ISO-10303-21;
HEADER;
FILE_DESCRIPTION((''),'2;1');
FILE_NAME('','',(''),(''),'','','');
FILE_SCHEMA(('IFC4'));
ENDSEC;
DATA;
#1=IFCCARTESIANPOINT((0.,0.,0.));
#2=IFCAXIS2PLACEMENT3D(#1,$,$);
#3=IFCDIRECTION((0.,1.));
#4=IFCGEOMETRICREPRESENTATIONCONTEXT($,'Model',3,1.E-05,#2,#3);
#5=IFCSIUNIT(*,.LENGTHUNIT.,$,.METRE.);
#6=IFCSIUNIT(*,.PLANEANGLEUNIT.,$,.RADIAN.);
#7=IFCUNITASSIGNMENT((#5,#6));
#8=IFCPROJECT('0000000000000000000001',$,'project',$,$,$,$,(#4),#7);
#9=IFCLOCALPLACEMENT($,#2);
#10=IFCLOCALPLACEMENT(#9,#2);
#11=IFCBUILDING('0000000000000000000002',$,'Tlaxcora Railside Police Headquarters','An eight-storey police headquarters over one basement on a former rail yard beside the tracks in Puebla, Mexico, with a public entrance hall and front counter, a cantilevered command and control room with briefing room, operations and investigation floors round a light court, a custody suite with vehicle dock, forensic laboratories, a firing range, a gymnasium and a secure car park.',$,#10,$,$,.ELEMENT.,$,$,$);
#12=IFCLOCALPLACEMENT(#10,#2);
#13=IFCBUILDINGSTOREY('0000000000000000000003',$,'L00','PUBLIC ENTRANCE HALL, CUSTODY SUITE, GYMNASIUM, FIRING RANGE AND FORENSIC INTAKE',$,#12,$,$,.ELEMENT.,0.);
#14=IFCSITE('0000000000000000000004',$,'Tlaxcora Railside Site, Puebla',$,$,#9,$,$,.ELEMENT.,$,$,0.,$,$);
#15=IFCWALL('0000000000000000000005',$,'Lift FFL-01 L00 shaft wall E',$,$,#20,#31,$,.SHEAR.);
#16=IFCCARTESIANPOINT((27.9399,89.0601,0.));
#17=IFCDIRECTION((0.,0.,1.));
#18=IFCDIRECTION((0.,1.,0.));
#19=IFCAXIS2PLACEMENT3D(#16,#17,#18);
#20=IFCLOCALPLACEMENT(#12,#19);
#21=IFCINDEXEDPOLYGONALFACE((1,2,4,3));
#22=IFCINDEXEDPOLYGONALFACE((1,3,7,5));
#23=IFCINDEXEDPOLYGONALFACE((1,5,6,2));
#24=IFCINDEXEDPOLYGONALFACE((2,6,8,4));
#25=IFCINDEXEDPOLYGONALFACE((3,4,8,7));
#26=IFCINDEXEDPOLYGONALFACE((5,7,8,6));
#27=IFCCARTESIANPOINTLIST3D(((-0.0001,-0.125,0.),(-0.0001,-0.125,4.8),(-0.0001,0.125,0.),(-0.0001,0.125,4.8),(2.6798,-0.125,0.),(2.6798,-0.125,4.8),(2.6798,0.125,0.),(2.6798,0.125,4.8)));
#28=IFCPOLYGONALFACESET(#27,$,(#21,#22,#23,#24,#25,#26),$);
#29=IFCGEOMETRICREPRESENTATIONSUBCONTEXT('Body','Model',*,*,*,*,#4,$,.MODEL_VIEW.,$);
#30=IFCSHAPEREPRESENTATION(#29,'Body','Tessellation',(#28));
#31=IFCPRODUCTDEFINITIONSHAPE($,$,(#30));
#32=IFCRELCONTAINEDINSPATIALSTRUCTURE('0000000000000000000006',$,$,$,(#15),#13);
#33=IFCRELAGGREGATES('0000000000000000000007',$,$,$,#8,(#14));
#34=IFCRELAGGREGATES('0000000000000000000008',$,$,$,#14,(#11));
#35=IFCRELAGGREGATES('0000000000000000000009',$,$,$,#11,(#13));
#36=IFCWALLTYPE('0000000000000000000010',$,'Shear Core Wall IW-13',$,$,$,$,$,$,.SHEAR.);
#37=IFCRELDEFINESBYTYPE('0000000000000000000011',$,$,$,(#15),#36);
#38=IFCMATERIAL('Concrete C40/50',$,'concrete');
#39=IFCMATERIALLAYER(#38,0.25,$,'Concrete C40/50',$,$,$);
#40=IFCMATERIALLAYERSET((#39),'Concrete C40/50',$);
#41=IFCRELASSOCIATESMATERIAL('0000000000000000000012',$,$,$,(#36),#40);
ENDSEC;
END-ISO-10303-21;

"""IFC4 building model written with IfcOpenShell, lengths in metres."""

from ifc_helpers import new_model, si_unit, direction, frame, frame_2d, origin, place, context, subcontext, project, spatial, rectangle, extrude, material, layer, layer_set, type_object, element, save


model = new_model("IFC4")

# Units and contexts
model_context = context("Model", 3, precision=1e-05, world=origin(), true_north=direction((0.0, 1.0)))
body_context = subcontext(model_context, "Body", "Model", "MODEL_VIEW")
ifc_project = project(units=[si_unit("LENGTHUNIT", "METRE"), si_unit("PLANEANGLEUNIT", "RADIAN")], contexts=[model_context])

# Site, building, storey
site_placement = place(None, origin())
site = spatial("IfcSite", under=ifc_project, at=site_placement, Name="Tlaxcora Railside Site, Puebla", CompositionType="ELEMENT", RefElevation=0.0)
building_placement = place(site_placement, origin())
building = spatial("IfcBuilding", under=site, at=building_placement, Name="Tlaxcora Railside Police Headquarters", Description="An eight-storey police headquarters over one basement on a former rail yard beside the tracks in Puebla, Mexico, with a public entrance hall and front counter, a cantilevered command and control room with briefing room, operations and investigation floors round a light court, a custody suite with vehicle dock, forensic laboratories, a firing range, a gymnasium and a secure car park.", CompositionType="ELEMENT")
storey_placement = place(building_placement, origin())
storey = spatial("IfcBuildingStorey", under=building, at=storey_placement, Name="L00", Description="PUBLIC ENTRANCE HALL, CUSTODY SUITE, GYMNASIUM, FIRING RANGE AND FORENSIC INTAKE", CompositionType="ELEMENT", Elevation=0.0)

# Shared definitions
ifc_material_1 = material(Name="Concrete C40/50", Category="concrete")

# Shared definitions
ifc_layer_1 = layer(ifc_material_1, 0.25, Name="Concrete C40/50")
ifc_layer_set_1 = layer_set([ifc_layer_1], Name="Concrete C40/50")
wall_type_1 = type_object("IfcWallType", Name="Shear Core Wall IW-13", PredefinedType="SHEAR", material=ifc_layer_set_1)

# Wall
wall_1_placement = place(storey_placement, frame((27.9399, 89.0601, 0.0), z_axis=(0.0, 0.0, 1.0), x_axis=(0.0, 1.0, 0.0)))
element("IfcWall", 1, at=wall_1_placement, inside=storey, type_object=wall_type_1, Name="Lift FFL-01 L00 shaft wall E", PredefinedType="SHEAR", context=body_context, shape_type="SweptSolid", body=[
    extrude(rectangle(XDim=2.6799, YDim=0.25, at=frame_2d((1.3398, 0.0))), origin(), (0.0, 0.0, 1.0), 4.8),
])

save(model, "model.ifc")
